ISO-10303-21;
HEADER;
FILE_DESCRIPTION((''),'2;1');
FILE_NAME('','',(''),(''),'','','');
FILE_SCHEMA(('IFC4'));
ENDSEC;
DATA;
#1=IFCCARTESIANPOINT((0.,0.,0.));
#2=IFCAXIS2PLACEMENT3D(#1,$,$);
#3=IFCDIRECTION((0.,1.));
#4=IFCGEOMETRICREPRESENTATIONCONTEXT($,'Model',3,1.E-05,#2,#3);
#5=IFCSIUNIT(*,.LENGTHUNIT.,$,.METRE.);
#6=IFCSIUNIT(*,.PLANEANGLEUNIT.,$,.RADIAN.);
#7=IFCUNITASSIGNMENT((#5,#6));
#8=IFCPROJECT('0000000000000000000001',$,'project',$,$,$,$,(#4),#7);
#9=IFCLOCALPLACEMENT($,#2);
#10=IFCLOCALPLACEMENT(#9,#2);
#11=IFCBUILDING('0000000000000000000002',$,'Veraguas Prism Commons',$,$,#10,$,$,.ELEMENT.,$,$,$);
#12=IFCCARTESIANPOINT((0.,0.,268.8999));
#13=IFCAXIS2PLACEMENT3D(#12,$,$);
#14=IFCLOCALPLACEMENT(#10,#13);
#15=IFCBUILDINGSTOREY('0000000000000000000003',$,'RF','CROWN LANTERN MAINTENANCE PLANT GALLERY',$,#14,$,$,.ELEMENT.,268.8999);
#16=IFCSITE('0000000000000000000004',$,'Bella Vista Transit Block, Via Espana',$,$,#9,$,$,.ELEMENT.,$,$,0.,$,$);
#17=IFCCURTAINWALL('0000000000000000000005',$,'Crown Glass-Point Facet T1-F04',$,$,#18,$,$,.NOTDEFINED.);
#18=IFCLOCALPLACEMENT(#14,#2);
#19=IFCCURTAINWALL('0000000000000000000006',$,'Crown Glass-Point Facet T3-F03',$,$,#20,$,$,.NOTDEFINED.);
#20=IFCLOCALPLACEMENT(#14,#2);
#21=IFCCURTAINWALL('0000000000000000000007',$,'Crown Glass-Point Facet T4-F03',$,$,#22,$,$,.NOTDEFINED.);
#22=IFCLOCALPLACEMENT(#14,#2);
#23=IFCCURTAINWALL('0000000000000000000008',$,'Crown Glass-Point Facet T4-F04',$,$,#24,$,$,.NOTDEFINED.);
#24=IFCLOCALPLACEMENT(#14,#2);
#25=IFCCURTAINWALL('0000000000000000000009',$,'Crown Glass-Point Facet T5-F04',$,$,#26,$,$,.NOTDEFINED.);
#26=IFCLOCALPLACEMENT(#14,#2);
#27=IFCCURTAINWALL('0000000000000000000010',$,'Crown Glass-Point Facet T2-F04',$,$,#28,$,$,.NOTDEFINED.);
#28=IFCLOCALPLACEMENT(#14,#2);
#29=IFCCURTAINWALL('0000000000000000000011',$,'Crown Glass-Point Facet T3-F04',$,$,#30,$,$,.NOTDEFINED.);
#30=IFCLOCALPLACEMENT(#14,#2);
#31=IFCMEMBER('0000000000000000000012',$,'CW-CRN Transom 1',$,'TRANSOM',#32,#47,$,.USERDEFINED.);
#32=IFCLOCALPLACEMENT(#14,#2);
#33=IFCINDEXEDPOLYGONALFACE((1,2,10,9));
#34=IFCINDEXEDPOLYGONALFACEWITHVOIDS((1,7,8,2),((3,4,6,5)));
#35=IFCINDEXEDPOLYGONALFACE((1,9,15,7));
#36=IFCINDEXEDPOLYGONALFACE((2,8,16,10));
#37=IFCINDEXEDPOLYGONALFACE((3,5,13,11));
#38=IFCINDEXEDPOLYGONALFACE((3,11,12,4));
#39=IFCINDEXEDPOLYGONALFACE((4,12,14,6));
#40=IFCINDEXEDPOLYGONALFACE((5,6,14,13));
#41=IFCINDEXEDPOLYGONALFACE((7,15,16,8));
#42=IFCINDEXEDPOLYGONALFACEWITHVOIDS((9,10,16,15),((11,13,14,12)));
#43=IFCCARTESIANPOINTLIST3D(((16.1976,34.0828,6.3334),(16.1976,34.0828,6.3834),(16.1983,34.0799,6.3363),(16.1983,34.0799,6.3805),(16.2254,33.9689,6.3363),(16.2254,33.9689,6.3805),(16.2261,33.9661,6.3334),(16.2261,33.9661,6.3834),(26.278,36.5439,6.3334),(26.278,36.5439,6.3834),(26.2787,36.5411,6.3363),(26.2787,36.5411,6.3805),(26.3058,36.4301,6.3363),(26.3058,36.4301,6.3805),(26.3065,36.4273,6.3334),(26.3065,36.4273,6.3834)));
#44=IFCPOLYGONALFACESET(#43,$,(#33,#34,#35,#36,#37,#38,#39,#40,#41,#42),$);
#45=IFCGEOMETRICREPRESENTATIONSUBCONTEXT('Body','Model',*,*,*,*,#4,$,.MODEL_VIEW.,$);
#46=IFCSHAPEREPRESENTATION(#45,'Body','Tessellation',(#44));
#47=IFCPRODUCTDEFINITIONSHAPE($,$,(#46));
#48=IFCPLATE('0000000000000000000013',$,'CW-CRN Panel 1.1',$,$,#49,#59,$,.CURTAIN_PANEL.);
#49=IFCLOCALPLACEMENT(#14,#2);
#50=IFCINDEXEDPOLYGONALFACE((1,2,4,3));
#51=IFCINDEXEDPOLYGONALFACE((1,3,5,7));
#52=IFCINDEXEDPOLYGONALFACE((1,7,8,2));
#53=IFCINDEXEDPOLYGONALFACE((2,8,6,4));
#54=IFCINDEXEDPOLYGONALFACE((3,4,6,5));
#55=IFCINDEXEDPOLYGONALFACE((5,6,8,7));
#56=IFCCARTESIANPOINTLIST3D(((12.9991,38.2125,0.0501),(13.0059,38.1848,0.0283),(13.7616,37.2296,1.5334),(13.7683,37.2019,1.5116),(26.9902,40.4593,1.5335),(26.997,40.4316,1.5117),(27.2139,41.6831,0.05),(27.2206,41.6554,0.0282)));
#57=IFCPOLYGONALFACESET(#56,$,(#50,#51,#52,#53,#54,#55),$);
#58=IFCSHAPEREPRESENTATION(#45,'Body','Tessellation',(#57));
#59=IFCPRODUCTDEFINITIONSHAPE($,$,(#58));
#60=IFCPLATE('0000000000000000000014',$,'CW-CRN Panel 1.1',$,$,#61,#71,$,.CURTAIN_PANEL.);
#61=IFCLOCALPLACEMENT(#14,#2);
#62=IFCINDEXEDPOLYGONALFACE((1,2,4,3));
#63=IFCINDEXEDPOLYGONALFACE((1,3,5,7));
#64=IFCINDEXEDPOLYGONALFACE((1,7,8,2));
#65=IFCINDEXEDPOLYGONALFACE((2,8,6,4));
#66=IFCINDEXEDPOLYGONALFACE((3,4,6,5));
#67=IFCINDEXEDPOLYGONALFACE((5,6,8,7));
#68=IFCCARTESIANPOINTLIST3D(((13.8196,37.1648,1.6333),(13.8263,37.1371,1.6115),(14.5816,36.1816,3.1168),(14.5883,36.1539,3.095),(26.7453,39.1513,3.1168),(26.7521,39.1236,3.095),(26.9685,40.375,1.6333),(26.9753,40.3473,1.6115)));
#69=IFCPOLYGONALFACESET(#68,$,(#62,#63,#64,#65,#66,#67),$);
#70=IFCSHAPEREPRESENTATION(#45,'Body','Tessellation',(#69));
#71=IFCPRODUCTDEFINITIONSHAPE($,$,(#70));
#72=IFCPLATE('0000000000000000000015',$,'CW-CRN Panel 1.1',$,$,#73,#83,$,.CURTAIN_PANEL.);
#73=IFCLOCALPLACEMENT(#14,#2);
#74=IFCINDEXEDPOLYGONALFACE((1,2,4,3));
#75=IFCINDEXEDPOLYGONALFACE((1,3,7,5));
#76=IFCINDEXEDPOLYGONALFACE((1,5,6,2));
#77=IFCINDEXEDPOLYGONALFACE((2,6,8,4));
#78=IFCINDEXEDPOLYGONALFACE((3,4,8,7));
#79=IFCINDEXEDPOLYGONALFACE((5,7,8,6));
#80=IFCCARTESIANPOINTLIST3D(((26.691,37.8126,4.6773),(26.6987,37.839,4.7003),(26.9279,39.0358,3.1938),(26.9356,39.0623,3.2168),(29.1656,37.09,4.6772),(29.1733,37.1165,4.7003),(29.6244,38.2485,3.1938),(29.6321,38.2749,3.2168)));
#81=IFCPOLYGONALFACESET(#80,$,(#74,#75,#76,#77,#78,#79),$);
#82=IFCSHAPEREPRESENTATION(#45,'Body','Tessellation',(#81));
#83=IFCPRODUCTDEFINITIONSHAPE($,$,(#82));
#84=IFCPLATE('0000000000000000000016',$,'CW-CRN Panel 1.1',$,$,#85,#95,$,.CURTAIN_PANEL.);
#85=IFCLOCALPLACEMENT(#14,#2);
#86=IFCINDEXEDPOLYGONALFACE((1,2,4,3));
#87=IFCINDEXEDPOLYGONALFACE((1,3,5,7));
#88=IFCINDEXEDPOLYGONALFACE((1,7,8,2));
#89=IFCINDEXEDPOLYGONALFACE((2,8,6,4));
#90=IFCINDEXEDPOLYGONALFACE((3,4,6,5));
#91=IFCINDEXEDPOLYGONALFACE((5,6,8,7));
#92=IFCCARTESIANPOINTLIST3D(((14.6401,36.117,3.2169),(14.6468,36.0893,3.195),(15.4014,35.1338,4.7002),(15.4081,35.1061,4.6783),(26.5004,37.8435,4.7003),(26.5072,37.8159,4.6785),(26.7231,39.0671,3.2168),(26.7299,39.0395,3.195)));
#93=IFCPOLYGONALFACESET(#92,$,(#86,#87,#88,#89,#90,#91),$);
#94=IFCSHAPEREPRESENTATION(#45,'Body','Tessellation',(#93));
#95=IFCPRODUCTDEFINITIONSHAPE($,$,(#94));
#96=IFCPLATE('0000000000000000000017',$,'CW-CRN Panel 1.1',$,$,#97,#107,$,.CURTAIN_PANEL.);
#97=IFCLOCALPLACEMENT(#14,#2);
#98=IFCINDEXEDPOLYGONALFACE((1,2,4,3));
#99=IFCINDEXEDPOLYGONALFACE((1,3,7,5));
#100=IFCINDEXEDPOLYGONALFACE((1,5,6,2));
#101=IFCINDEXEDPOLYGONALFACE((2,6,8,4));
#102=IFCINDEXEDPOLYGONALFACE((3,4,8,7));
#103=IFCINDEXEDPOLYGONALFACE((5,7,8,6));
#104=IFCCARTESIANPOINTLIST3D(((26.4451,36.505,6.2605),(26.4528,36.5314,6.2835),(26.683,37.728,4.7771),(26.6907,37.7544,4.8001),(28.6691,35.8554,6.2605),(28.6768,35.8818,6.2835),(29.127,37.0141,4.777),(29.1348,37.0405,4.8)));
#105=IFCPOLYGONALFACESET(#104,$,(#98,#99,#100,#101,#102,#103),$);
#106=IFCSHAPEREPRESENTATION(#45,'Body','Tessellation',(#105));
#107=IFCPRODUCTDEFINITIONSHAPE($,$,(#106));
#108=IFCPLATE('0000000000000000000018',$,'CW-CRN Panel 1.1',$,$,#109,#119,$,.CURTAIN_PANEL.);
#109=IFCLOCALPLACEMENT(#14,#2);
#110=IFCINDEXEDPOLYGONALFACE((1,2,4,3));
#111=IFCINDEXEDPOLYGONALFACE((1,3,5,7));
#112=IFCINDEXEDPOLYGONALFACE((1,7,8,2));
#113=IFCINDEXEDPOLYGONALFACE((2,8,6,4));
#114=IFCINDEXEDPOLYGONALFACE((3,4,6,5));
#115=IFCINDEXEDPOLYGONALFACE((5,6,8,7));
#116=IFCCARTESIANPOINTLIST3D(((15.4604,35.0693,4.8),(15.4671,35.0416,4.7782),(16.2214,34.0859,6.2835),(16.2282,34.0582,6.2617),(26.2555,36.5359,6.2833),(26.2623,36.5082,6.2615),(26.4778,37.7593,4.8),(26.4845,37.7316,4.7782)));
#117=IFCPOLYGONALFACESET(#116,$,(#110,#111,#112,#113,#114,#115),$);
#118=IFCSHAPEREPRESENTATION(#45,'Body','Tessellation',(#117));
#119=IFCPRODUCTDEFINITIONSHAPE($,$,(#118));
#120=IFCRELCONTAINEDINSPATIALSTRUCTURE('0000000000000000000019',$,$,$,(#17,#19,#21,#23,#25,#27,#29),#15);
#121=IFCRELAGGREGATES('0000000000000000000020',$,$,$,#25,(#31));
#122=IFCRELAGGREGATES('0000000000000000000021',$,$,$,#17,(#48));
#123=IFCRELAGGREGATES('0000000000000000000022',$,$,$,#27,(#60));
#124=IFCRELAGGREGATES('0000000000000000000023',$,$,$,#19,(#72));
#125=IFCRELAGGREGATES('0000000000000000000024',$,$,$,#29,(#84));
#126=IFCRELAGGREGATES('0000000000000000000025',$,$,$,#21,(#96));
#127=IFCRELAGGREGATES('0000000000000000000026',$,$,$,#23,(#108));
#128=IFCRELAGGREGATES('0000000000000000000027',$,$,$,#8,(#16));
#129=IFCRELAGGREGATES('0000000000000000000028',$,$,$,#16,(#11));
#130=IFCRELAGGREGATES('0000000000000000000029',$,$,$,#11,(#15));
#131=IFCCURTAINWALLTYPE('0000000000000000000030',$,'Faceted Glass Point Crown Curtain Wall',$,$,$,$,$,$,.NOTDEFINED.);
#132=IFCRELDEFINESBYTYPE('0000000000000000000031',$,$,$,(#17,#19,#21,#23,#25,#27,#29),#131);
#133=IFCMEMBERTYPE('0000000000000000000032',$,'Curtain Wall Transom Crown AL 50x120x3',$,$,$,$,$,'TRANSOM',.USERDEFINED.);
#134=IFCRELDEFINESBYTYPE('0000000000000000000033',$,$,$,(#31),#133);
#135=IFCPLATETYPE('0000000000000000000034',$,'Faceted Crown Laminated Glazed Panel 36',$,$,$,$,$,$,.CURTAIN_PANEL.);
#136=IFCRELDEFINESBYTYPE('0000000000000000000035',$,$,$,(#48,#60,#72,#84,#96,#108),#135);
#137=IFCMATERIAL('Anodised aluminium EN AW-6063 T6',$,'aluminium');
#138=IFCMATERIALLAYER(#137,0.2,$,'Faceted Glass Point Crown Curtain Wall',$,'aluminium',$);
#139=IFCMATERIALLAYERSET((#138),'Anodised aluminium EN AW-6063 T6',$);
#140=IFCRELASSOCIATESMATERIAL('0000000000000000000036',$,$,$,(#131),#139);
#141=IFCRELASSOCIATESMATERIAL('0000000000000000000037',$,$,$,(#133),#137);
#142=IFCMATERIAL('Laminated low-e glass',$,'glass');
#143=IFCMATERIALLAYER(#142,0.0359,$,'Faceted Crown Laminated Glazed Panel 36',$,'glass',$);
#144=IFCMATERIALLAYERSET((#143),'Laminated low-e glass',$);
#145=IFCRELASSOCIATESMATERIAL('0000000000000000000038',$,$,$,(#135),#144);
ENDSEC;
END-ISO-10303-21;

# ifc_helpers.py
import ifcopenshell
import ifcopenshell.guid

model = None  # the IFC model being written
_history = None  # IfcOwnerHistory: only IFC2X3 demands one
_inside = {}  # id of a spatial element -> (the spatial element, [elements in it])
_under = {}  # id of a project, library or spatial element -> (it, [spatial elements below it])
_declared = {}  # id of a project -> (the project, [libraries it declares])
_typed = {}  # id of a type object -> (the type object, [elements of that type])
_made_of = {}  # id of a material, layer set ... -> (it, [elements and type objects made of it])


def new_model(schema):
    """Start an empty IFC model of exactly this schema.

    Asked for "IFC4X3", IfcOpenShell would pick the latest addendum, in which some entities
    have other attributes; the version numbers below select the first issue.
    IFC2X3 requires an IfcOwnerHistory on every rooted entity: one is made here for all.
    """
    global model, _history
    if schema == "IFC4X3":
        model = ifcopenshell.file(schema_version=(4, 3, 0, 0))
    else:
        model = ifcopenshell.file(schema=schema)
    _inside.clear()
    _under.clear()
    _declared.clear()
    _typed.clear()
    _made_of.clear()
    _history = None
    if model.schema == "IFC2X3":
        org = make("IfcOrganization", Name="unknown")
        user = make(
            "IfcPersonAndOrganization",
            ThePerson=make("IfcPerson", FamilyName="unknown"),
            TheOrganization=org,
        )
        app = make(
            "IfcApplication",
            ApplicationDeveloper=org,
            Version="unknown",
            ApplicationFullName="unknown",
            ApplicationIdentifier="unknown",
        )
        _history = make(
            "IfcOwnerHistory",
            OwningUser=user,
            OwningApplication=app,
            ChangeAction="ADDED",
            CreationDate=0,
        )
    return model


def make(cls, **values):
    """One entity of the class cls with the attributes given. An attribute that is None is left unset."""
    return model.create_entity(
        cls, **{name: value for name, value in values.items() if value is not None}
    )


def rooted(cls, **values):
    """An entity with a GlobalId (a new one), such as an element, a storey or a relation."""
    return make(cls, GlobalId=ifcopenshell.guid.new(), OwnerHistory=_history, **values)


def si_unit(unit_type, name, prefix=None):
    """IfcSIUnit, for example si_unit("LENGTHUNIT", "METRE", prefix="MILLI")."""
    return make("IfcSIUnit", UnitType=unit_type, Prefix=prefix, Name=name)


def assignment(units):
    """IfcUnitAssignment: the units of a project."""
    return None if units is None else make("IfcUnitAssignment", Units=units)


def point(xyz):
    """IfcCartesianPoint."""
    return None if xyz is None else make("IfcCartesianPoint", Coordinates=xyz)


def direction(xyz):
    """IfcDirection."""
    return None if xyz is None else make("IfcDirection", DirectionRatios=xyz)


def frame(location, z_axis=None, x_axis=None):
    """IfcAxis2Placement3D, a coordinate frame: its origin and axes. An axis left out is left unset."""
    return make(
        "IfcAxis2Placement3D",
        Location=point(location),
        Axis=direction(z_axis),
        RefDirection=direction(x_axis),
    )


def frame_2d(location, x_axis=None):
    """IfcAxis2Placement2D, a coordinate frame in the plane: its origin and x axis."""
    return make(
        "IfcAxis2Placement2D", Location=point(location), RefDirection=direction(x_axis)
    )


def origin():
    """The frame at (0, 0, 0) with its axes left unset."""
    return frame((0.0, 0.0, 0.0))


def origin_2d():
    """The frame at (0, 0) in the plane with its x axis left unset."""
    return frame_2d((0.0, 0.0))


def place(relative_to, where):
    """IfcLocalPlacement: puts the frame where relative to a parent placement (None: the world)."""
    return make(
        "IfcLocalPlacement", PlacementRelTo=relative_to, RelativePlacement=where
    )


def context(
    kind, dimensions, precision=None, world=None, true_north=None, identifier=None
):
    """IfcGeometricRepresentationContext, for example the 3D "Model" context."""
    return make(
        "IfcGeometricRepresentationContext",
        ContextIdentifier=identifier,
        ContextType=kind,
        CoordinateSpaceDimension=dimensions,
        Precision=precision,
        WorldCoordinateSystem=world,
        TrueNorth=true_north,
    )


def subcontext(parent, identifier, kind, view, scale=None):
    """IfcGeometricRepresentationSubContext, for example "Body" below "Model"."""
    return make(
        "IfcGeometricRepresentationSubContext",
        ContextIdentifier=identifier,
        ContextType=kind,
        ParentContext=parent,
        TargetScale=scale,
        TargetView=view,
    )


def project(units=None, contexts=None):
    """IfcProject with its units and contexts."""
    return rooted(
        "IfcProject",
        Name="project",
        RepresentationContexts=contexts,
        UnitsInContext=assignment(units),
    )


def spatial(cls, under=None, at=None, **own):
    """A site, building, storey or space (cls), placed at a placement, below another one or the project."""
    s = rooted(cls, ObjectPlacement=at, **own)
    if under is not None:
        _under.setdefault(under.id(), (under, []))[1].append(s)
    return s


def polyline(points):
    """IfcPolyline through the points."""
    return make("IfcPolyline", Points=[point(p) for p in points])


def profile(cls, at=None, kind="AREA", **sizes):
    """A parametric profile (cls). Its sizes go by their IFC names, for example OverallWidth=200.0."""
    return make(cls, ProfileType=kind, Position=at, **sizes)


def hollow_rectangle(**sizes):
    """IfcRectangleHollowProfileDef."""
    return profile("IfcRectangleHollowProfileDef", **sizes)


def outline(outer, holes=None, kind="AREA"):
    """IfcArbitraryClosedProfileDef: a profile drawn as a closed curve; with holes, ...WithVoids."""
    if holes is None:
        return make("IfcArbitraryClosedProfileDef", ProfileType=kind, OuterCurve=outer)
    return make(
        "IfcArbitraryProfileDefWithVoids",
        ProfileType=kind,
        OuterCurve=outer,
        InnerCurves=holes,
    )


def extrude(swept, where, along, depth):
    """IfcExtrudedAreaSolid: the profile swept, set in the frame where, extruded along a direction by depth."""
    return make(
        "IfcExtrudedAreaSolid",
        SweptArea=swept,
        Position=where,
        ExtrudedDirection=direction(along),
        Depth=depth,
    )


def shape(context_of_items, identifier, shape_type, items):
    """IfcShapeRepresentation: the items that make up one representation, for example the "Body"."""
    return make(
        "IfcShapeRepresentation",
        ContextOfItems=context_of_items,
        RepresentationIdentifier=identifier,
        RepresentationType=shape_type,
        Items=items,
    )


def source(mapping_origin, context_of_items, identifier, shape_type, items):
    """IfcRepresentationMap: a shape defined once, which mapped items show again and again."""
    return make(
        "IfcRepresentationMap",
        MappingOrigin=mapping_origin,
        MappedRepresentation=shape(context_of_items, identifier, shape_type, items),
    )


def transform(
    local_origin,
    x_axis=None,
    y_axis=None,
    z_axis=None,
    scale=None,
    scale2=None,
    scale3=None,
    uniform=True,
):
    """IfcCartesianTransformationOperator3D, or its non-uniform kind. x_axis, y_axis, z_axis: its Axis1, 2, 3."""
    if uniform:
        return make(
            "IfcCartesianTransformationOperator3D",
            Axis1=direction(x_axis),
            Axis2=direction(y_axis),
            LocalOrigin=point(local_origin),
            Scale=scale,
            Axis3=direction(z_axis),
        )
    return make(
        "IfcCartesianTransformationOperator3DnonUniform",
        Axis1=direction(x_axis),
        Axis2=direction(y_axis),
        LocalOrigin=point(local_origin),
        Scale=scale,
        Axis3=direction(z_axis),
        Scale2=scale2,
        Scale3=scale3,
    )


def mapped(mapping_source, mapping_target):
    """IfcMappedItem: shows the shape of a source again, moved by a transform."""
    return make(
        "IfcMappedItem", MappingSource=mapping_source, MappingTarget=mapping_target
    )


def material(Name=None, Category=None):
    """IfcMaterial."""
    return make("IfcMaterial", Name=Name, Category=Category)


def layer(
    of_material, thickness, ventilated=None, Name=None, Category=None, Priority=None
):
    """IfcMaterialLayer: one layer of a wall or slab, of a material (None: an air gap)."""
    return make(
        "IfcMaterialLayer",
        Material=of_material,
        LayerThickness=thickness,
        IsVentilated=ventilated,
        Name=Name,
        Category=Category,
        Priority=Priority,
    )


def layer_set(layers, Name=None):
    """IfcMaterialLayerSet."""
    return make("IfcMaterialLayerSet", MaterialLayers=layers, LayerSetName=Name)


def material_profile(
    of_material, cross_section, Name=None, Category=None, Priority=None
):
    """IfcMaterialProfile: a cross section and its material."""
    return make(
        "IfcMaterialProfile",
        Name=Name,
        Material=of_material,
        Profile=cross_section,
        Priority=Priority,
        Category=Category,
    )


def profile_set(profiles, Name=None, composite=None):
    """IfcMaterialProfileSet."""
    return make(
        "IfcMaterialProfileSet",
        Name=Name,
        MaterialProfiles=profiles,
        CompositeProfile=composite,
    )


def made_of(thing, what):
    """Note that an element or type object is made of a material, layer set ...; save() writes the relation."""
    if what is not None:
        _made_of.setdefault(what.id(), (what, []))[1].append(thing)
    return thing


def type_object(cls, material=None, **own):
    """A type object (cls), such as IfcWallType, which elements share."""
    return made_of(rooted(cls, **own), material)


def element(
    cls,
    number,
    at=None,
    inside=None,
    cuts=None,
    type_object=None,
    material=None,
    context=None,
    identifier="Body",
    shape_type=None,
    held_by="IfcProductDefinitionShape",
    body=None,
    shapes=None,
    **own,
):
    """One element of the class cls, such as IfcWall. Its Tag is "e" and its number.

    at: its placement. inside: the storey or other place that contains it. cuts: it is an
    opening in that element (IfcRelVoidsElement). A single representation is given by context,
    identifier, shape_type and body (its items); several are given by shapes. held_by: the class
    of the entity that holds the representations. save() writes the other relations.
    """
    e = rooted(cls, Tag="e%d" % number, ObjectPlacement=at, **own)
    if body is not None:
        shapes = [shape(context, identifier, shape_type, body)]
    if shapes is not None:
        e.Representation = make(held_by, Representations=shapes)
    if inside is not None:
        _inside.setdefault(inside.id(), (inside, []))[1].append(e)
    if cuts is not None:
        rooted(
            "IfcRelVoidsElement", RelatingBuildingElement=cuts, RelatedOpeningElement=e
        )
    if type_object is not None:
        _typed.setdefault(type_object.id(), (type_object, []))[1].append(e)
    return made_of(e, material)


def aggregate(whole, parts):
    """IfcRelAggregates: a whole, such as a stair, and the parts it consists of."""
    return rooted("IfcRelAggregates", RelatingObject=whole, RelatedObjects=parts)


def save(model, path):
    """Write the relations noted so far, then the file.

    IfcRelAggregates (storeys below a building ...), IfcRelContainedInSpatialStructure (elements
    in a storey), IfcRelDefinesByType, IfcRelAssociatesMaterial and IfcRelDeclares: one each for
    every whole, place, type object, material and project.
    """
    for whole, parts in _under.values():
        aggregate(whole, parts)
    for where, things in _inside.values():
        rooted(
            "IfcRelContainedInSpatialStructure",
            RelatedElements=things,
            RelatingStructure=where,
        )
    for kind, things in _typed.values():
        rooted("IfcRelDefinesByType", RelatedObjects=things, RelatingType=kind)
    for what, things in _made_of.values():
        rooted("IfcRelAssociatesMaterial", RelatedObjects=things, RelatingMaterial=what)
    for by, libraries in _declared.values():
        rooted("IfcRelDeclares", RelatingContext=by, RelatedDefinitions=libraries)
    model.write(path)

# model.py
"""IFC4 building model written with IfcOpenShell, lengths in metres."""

from ifc_helpers import new_model, si_unit, direction, frame, origin, origin_2d, place, context, subcontext, project, spatial, polyline, hollow_rectangle, outline, extrude, source, transform, mapped, material, layer, layer_set, material_profile, profile_set, type_object, element, aggregate, save


model = new_model("IFC4")

# Units and contexts
model_context = context("Model", 3, precision=1e-05, world=origin(), true_north=direction((0.0, 1.0)))
body_context = subcontext(model_context, "Body", "Model", "MODEL_VIEW")
ifc_project = project(units=[si_unit("LENGTHUNIT", "METRE"), si_unit("PLANEANGLEUNIT", "RADIAN")], contexts=[model_context])

# Site, building, storey
site_placement = place(None, origin())
site = spatial("IfcSite", under=ifc_project, at=site_placement, Name="Bella Vista Transit Block, Via Espana", CompositionType="ELEMENT", RefElevation=0.0)
building_placement = place(site_placement, origin())
building = spatial("IfcBuilding", under=site, at=building_placement, Name="Veraguas Prism Commons", CompositionType="ELEMENT")
storey_placement = place(building_placement, frame((0.0, 0.0, 268.8999)))
storey = spatial("IfcBuildingStorey", under=building, at=storey_placement, Name="RF", Description="CROWN LANTERN MAINTENANCE PLANT GALLERY", CompositionType="ELEMENT", Elevation=268.8999)

# Curtain walls
ifc_material_1 = material(Name="Anodised aluminium EN AW-6063 T6", Category="aluminium")
ifc_layer_1 = layer(ifc_material_1, 0.2, Name="Faceted Glass Point Crown Curtain Wall", Category="aluminium")
ifc_layer_set_1 = layer_set([ifc_layer_1], Name="Anodised aluminium EN AW-6063 T6")
curtain_wall_type = type_object("IfcCurtainWallType", Name="Faceted Glass Point Crown Curtain Wall", PredefinedType="NOTDEFINED", material=ifc_layer_set_1)
curtain_wall_1_placement = place(storey_placement, origin())
curtain_wall_1 = element("IfcCurtainWall", 1, at=curtain_wall_1_placement, inside=storey, type_object=curtain_wall_type, Name="Crown Glass-Point Facet T1-F04", PredefinedType="NOTDEFINED")
curtain_wall_2_placement = place(storey_placement, origin())
curtain_wall_2 = element("IfcCurtainWall", 2, at=curtain_wall_2_placement, inside=storey, type_object=curtain_wall_type, Name="Crown Glass-Point Facet T3-F03", PredefinedType="NOTDEFINED")

# Curtain wall
curtain_wall_3_placement = place(storey_placement, origin())
curtain_wall_3 = element("IfcCurtainWall", 3, at=curtain_wall_3_placement, inside=storey, type_object=curtain_wall_type, Name="Crown Glass-Point Facet T4-F03", PredefinedType="NOTDEFINED")

# Curtain walls
curtain_wall_4_placement = place(storey_placement, origin())
curtain_wall_4 = element("IfcCurtainWall", 4, at=curtain_wall_4_placement, inside=storey, type_object=curtain_wall_type, Name="Crown Glass-Point Facet T4-F04", PredefinedType="NOTDEFINED")
curtain_wall_5_placement = place(storey_placement, origin())
curtain_wall_5 = element("IfcCurtainWall", 5, at=curtain_wall_5_placement, inside=storey, type_object=curtain_wall_type, Name="Crown Glass-Point Facet T5-F04", PredefinedType="NOTDEFINED")

# Shared definitions
ifc_material_profile_1 = material_profile(ifc_material_1, hollow_rectangle(XDim=0.05, YDim=0.1201, WallThickness=0.0029, at=origin_2d()), Name="AL50X120X3")
ifc_profile_set_1 = profile_set([ifc_material_profile_1], Name="Anodised aluminium EN AW-6063 T6")
member_type_1 = type_object("IfcMemberType", Name="Curtain Wall Transom Crown AL 50x120x3", ElementType="TRANSOM", PredefinedType="USERDEFINED", material=ifc_profile_set_1)

# Curtain walls
curtain_wall_6_placement = place(storey_placement, origin())
curtain_wall_6 = element("IfcCurtainWall", 6, at=curtain_wall_6_placement, inside=storey, type_object=curtain_wall_type, Name="Crown Glass-Point Facet T2-F04", PredefinedType="NOTDEFINED")
curtain_wall_7_placement = place(storey_placement, origin())
curtain_wall_7 = element("IfcCurtainWall", 7, at=curtain_wall_7_placement, inside=storey, type_object=curtain_wall_type, Name="Crown Glass-Point Facet T3-F04", PredefinedType="NOTDEFINED")

# Member
shared_shape_1 = source(origin(), body_context, "Body", "SweptSolid", [
    extrude(hollow_rectangle(XDim=0.05, YDim=0.1201, WallThickness=0.0029, at=origin_2d()), origin(), (0.0, 0.0, 1.0), 10.3765),
])
member_1_placement = place(storey_placement, frame((26.2922, 36.4856, 6.3584), z_axis=(-0.971463, -0.23719, 0.0), x_axis=(0.0, 0.0, 1.0)))
member_1 = element("IfcMember", 8, at=member_1_placement, type_object=member_type_1, Name="CW-CRN Transom 1", ObjectType="TRANSOM", PredefinedType="USERDEFINED", context=body_context, shape_type="MappedRepresentation", body=[
    mapped(shared_shape_1, transform((0.0, 0.0, 0.0), scale=1.0)),
])
aggregate(curtain_wall_5, [member_1])

# Plates
ifc_material_2 = material(Name="Laminated low-e glass", Category="glass")
ifc_layer_2 = layer(ifc_material_2, 0.0359, Name="Faceted Crown Laminated Glazed Panel 36", Category="glass")
ifc_layer_set_2 = layer_set([ifc_layer_2], Name="Laminated low-e glass")
plate_type = type_object("IfcPlateType", Name="Faceted Crown Laminated Glazed Panel 36", PredefinedType="CURTAIN_PANEL", material=ifc_layer_set_2)
plate_1_placement = place(storey_placement, frame((27.2139, 41.6831, 0.05), z_axis=(-0.188322, 0.771328, 0.607938), x_axis=(-0.971464, -0.237188, 0.000003)))
plate_1 = element("IfcPlate", 9, at=plate_1_placement, type_object=plate_type, Name="CW-CRN Panel 1.1", PredefinedType="CURTAIN_PANEL", context=body_context, shape_type="SweptSolid", body=[
    extrude(outline(polyline([(0.0, 0.0), (14.6323, 0.0), (14.1248, 1.8682), (0.5076, 1.8684), (0.0, 0.0)])), origin(), (0.0, 0.0, -1.0), 0.0359),
])
aggregate(curtain_wall_1, [plate_1])
plate_2_placement = place(storey_placement, frame((26.9685, 40.375, 1.6333), z_axis=(-0.188315, 0.77133, 0.607938), x_axis=(-0.971467, -0.237176, 0.0)))
plate_2 = element("IfcPlate", 10, at=plate_2_placement, type_object=plate_type, Name="CW-CRN Panel 1.1", PredefinedType="CURTAIN_PANEL", context=body_context, shape_type="SweptSolid", body=[
    extrude(outline(polyline([(0.0, 0.0), (13.5352, 0.0), (13.0281, 1.8684), (0.5071, 1.8684), (0.0, 0.0)])), origin(), (0.0, 0.0, -1.0), 0.0359),
])
aggregate(curtain_wall_6, [plate_2])
plate_3_placement = place(storey_placement, frame((29.6321, 38.2749, 3.2168), z_axis=(0.215021, 0.736355, 0.641519), x_axis=(-0.959914, 0.280294, 0.000009)))
plate_3 = element("IfcPlate", 11, at=plate_3_placement, type_object=plate_type, Name="CW-CRN Panel 1.1", PredefinedType="CURTAIN_PANEL", context=body_context, shape_type="SweptSolid", body=[
    extrude(outline(polyline([(0.0, 0.0), (2.8091, 0.0), (2.6936, 1.9338), (0.1157, 1.9338), (0.0, 0.0)])), origin(), (0.0, 0.0, -1.0), 0.0359),
])
aggregate(curtain_wall_2, [plate_3])
plate_4_placement = place(storey_placement, frame((26.7231, 39.0671, 3.2168), z_axis=(-0.188321, 0.771336, 0.607928), x_axis=(-0.971464, -0.237187, 0.000005)))
plate_4 = element("IfcPlate", 12, at=plate_4_placement, type_object=plate_type, Name="CW-CRN Panel 1.1", PredefinedType="CURTAIN_PANEL", context=body_context, shape_type="SweptSolid", body=[
    extrude(outline(polyline([(0.0, 0.0), (12.438, 0.0), (11.9316, 1.8682), (0.5066, 1.8684), (0.0, 0.0)])), origin(), (0.0, 0.0, -1.0), 0.0359),
])
aggregate(curtain_wall_7, [plate_4])
plate_5_placement = place(storey_placement, frame((29.1348, 37.0405, 4.8), z_axis=(0.215083, 0.736328, 0.64153), x_axis=(-0.95989, 0.280377, 0.000011)))
plate_5 = element("IfcPlate", 13, at=plate_5_placement, type_object=plate_type, Name="CW-CRN Panel 1.1", PredefinedType="CURTAIN_PANEL", context=body_context, shape_type="SweptSolid", body=[
    extrude(outline(polyline([(0.0, 0.0), (2.5461, 0.0), (2.4316, 1.9338), (0.1147, 1.9338), (0.0, 0.0)])), origin(), (0.0, 0.0, -1.0), 0.0359),
])
aggregate(curtain_wall_3, [plate_5])
plate_6_placement = place(storey_placement, frame((26.4778, 37.7593, 4.8), z_axis=(-0.188326, 0.771327, 0.607938), x_axis=(-0.971463, -0.23719, -0.000001)))
plate_6 = element("IfcPlate", 14, at=plate_6_placement, type_object=plate_type, Name="CW-CRN Panel 1.1", PredefinedType="CURTAIN_PANEL", context=body_context, shape_type="SweptSolid", body=[
    extrude(outline(polyline([(0.0, 0.0), (11.3411, 0.0), (10.835, 1.8684), (0.5061, 1.8682), (0.0, 0.0)])), origin(), (0.0, 0.0, -1.0), 0.0359),
])
aggregate(curtain_wall_4, [plate_6])

save(model, "model.ifc")
